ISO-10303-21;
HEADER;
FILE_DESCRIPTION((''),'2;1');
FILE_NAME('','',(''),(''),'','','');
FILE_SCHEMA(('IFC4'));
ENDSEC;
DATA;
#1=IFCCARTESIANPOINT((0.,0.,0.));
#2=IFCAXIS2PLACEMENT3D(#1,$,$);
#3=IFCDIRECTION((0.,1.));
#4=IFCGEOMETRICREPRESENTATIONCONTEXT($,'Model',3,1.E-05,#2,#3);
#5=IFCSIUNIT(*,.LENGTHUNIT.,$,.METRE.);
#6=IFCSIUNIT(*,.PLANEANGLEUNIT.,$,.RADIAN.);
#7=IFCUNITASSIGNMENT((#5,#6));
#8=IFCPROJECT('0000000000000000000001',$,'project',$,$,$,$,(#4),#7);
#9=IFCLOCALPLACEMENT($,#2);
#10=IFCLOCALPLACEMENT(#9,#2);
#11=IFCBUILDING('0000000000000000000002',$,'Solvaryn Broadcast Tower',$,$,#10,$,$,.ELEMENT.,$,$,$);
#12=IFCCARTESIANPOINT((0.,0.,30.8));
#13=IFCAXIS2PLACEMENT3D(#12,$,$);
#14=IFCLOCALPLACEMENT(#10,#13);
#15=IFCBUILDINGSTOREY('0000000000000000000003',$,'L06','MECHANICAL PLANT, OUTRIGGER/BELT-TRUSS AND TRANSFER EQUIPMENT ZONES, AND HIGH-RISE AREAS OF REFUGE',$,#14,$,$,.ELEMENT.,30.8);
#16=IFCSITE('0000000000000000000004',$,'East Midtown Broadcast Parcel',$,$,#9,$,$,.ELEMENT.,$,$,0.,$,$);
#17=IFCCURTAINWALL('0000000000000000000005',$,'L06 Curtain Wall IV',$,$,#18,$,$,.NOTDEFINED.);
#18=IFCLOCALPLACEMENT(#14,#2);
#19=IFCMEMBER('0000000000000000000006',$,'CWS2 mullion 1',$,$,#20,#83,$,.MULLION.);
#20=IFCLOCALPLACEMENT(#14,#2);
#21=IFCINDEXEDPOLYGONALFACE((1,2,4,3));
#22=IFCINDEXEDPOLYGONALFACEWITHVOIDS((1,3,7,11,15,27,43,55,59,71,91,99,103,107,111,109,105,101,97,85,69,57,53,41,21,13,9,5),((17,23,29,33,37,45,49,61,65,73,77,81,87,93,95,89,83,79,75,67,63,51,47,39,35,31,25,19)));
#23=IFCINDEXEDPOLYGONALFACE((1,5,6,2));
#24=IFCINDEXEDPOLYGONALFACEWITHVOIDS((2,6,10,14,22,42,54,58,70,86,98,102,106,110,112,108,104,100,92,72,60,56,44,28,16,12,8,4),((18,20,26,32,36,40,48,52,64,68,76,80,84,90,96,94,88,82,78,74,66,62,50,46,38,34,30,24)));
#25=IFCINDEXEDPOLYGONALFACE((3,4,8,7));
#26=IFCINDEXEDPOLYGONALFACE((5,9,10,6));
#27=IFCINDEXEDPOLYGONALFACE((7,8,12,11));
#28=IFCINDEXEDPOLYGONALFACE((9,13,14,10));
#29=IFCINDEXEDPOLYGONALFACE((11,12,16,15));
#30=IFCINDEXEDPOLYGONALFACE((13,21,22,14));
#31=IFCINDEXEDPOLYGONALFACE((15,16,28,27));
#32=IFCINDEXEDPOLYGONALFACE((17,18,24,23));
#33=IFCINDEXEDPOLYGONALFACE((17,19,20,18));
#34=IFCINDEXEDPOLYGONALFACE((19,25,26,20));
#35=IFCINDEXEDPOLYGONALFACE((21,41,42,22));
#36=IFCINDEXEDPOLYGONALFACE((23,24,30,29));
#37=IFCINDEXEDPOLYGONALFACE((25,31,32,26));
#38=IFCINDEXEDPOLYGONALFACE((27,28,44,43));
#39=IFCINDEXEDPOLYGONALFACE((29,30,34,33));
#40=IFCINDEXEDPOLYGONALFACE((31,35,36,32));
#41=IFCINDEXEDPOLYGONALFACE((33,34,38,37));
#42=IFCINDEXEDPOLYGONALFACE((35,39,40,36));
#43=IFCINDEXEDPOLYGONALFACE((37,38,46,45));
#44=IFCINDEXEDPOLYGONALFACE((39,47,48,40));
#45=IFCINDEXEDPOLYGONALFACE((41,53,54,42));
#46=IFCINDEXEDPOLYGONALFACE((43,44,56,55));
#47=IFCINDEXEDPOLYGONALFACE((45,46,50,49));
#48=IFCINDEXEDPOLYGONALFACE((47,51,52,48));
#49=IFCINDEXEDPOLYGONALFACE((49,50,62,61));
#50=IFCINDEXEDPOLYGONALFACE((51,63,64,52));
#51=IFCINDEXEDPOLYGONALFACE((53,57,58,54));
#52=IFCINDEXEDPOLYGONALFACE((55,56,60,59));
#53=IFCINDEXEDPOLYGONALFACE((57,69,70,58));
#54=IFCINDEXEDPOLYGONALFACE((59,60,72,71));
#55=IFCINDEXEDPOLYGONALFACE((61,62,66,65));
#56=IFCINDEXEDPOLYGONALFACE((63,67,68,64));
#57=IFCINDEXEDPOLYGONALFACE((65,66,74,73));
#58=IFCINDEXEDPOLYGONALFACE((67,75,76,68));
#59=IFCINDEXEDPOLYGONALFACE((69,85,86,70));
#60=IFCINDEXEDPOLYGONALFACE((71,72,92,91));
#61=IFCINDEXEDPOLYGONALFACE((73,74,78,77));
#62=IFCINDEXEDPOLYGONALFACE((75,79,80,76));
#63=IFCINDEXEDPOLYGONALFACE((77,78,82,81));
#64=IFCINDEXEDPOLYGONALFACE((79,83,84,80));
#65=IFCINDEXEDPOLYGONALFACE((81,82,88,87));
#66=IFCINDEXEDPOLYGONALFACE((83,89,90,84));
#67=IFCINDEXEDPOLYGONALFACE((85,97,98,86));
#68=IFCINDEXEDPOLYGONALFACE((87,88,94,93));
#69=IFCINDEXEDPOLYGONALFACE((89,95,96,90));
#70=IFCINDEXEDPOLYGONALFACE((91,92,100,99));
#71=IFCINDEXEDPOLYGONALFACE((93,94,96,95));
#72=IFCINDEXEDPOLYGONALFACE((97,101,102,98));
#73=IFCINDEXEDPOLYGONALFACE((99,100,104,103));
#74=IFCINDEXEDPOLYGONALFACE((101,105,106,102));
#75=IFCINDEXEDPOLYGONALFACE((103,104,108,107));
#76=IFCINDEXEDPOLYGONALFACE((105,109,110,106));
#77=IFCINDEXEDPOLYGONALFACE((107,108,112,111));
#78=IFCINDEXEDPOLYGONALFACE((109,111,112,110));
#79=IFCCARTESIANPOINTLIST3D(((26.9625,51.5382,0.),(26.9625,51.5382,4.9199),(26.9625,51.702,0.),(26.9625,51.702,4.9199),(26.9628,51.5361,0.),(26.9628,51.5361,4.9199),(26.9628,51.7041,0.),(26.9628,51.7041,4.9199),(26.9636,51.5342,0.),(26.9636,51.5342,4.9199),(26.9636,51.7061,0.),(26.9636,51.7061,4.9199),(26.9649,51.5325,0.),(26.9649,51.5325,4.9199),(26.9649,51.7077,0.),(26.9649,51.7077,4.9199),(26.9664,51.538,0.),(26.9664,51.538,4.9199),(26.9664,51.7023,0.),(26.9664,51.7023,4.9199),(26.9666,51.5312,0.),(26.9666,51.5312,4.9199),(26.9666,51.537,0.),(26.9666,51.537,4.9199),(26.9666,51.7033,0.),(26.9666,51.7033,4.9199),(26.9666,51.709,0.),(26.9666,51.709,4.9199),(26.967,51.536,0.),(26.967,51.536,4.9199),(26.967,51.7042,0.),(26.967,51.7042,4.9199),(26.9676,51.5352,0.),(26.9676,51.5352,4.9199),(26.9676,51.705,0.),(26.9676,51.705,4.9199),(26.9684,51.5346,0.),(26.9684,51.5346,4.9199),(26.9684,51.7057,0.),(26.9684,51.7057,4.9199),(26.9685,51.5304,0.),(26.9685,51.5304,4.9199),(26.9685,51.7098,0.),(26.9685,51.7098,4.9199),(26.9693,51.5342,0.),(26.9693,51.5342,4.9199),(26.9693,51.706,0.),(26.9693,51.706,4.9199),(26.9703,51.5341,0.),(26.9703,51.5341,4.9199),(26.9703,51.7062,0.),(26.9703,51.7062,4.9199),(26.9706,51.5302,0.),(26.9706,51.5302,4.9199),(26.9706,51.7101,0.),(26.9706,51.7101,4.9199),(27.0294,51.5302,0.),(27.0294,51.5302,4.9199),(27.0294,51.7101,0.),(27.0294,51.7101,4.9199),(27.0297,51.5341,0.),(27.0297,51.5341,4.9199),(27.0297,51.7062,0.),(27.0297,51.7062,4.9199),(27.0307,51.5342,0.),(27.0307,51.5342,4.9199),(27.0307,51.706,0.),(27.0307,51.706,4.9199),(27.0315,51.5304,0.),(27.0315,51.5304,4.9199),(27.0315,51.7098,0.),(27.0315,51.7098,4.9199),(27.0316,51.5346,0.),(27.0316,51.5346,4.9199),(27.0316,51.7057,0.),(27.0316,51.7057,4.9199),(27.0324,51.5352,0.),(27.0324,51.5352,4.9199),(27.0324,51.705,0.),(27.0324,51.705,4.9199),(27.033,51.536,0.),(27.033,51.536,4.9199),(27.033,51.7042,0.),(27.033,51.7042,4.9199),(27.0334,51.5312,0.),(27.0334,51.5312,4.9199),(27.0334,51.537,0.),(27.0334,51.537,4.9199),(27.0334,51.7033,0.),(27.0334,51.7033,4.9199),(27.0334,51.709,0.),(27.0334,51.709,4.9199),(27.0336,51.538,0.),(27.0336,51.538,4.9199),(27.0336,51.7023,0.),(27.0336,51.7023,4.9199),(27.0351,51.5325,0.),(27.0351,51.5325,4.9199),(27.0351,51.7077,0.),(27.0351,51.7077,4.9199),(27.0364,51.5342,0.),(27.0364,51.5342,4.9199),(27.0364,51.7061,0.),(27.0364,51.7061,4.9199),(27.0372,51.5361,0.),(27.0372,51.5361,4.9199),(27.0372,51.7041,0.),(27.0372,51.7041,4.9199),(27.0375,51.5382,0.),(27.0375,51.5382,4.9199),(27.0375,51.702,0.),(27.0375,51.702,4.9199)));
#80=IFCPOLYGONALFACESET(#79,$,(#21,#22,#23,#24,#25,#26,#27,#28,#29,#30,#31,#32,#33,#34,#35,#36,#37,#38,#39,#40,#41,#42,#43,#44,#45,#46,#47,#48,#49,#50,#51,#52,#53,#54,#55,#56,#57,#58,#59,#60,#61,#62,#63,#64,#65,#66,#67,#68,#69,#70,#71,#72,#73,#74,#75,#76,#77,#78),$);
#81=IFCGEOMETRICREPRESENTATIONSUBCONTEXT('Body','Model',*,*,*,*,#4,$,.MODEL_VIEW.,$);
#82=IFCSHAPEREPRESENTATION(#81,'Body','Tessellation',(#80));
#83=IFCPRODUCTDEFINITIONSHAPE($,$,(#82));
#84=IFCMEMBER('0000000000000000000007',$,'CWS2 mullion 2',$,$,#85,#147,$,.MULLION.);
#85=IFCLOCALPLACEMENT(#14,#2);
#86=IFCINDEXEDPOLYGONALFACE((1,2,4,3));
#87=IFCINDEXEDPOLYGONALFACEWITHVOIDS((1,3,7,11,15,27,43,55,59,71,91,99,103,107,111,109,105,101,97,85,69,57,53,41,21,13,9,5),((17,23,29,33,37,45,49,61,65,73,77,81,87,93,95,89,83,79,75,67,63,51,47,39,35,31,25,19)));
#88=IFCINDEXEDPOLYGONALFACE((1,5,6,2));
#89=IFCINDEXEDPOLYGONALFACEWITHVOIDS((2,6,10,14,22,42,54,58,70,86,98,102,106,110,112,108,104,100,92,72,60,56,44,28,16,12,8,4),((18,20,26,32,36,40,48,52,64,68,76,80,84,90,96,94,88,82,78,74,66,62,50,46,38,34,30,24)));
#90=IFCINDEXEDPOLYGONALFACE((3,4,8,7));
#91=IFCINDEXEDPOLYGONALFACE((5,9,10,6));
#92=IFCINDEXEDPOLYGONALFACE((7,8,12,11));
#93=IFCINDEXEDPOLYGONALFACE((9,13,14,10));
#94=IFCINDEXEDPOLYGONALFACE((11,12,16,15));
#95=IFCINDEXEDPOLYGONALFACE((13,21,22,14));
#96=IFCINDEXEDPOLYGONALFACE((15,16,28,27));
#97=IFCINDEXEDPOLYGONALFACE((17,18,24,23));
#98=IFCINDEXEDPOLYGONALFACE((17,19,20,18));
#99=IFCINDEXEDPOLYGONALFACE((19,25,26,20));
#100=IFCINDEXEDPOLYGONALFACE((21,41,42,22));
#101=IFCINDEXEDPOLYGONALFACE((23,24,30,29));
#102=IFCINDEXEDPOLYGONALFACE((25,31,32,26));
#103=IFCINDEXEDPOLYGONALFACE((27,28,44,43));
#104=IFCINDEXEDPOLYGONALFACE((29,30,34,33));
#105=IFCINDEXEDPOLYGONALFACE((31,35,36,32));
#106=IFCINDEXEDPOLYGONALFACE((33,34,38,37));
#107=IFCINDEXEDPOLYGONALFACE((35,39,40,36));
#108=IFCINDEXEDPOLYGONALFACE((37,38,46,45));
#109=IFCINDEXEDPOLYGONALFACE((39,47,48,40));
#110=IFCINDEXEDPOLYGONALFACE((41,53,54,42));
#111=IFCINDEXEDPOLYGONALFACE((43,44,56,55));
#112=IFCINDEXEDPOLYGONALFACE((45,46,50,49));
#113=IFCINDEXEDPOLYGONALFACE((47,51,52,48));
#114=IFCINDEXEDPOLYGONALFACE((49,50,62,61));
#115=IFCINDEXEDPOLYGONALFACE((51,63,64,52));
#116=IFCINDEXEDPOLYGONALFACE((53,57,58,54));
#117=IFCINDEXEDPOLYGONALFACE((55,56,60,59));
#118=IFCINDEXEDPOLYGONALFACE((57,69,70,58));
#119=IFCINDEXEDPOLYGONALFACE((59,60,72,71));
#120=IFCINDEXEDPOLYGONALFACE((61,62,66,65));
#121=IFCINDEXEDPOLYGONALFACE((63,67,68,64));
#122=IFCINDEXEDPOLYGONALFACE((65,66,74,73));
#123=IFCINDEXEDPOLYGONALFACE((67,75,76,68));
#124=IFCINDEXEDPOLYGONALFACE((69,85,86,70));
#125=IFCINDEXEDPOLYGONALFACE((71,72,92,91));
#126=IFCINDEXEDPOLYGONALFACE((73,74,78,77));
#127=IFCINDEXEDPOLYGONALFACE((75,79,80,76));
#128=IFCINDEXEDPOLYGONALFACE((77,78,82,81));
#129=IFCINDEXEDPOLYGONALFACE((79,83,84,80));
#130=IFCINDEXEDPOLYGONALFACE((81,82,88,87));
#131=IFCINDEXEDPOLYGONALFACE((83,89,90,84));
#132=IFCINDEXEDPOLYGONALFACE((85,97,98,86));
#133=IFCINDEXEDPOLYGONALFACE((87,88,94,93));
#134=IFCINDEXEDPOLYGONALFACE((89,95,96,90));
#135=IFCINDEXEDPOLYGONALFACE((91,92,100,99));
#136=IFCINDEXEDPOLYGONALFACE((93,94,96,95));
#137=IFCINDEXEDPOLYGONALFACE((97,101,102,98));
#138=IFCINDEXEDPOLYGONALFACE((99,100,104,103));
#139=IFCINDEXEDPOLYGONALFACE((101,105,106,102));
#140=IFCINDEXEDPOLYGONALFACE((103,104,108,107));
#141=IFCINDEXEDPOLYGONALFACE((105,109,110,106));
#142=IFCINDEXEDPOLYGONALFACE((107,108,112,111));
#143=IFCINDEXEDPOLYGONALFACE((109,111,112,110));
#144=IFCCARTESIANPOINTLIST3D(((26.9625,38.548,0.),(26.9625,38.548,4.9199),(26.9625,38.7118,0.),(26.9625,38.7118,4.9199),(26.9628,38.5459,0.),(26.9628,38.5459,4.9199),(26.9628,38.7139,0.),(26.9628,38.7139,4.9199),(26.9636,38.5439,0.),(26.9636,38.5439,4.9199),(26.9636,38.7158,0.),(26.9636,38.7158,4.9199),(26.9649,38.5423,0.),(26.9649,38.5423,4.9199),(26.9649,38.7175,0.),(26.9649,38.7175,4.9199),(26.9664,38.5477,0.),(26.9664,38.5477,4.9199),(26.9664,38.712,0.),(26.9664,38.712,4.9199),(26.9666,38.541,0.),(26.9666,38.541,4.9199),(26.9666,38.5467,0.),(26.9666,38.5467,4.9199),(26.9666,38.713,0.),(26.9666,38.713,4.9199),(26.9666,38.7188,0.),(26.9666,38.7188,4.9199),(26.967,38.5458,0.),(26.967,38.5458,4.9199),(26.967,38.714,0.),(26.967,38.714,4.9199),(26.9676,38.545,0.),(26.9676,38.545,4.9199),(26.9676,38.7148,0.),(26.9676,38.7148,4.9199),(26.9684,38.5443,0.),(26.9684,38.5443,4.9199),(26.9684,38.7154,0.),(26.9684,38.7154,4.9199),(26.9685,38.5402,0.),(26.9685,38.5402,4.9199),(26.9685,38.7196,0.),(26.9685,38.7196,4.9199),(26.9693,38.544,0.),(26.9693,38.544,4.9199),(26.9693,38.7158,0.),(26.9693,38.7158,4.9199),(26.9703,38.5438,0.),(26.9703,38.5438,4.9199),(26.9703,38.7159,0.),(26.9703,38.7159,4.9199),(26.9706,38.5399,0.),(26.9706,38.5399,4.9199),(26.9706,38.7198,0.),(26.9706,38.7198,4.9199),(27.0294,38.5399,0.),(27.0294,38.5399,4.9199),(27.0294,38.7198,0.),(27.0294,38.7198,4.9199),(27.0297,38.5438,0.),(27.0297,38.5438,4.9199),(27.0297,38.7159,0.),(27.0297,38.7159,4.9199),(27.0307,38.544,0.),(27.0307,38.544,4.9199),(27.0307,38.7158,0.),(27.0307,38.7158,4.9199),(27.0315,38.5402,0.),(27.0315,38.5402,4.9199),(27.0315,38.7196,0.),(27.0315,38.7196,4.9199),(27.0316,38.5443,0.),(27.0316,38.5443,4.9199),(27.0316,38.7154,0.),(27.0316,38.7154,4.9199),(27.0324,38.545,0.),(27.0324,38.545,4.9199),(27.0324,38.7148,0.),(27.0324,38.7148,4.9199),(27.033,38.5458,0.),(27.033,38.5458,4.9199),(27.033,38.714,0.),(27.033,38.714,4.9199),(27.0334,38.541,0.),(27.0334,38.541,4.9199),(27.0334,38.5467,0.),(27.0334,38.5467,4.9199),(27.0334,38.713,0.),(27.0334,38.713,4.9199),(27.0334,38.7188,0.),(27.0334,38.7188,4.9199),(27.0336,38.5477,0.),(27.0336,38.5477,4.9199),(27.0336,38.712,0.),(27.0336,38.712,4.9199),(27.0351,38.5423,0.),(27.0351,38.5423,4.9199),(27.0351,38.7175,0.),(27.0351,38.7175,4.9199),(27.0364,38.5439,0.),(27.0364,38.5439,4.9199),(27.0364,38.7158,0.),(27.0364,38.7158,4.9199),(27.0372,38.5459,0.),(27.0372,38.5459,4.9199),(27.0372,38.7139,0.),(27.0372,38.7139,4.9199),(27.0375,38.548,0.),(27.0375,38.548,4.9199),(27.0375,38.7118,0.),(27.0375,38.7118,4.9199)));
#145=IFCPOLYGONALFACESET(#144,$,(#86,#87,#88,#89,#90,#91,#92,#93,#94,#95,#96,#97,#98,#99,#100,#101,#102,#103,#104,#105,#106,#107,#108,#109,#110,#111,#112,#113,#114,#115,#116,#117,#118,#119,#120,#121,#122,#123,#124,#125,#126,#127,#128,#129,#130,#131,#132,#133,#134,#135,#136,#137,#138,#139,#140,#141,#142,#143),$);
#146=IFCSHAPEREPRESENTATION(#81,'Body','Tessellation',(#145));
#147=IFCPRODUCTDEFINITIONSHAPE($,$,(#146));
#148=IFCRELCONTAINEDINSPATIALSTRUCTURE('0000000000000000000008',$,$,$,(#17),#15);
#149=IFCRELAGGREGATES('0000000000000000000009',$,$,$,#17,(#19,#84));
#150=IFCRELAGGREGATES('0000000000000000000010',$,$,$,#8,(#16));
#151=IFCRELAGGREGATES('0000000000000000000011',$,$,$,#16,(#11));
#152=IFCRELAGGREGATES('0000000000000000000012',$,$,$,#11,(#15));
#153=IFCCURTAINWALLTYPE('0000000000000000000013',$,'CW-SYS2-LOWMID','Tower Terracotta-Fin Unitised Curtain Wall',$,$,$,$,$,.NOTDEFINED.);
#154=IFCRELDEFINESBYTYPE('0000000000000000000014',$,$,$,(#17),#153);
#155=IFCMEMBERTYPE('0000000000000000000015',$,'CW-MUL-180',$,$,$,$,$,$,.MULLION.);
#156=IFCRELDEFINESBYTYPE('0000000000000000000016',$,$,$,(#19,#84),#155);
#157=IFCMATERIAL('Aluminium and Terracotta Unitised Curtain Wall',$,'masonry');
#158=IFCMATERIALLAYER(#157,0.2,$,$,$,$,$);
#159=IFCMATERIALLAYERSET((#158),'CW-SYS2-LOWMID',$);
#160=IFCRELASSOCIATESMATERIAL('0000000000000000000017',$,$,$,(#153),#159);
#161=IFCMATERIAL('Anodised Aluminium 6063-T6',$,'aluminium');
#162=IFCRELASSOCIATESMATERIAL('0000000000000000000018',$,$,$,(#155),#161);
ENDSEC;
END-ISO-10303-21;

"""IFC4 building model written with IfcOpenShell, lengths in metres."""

from ifc_helpers import new_model, si_unit, direction, frame, origin, origin_2d, place, context, subcontext, project, spatial, hollow_rectangle, extrude, material, layer, layer_set, material_profile, profile_set, type_object, element, aggregate, save


model = new_model("IFC4")

# Units and contexts
model_context = context("Model", 3, precision=1e-05, world=origin(), true_north=direction((0.0, 1.0)))
body_context = subcontext(model_context, "Body", "Model", "MODEL_VIEW")
ifc_project = project(units=[si_unit("LENGTHUNIT", "METRE"), si_unit("PLANEANGLEUNIT", "RADIAN")], contexts=[model_context])

# Site, building, storey
site_placement = place(None, origin())
site = spatial("IfcSite", under=ifc_project, at=site_placement, Name="East Midtown Broadcast Parcel", CompositionType="ELEMENT", RefElevation=0.0)
building_placement = place(site_placement, origin())
building = spatial("IfcBuilding", under=site, at=building_placement, Name="Solvaryn Broadcast Tower", CompositionType="ELEMENT")
storey_placement = place(building_placement, frame((0.0, 0.0, 30.8)))
storey = spatial("IfcBuildingStorey", under=building, at=storey_placement, Name="L06", Description="MECHANICAL PLANT, OUTRIGGER/BELT-TRUSS AND TRANSFER EQUIPMENT ZONES, AND HIGH-RISE AREAS OF REFUGE", CompositionType="ELEMENT", Elevation=30.8)

# Curtain wall, members
ifc_material_1 = material(Name="Aluminium and Terracotta Unitised Curtain Wall", Category="masonry")
ifc_layer_1 = layer(ifc_material_1, 0.2)
ifc_layer_set_1 = layer_set([ifc_layer_1], Name="CW-SYS2-LOWMID")
curtain_wall_type = type_object("IfcCurtainWallType", Name="CW-SYS2-LOWMID", Description="Tower Terracotta-Fin Unitised Curtain Wall", PredefinedType="NOTDEFINED", material=ifc_layer_set_1)
curtain_wall_1_placement = place(storey_placement, origin())
curtain_wall_1 = element("IfcCurtainWall", 1, at=curtain_wall_1_placement, inside=storey, type_object=curtain_wall_type, Name="L06 Curtain Wall IV", PredefinedType="NOTDEFINED")
ifc_material_2 = material(Name="Anodised Aluminium 6063-T6", Category="aluminium")
ifc_material_profile_1 = material_profile(ifc_material_2, hollow_rectangle(XDim=0.075, YDim=0.1799, WallThickness=0.0039, InnerFilletRadius=0.0039, OuterFilletRadius=0.0081, at=origin_2d()))
ifc_profile_set_1 = profile_set([ifc_material_profile_1], Name="Anodised Aluminium 6063-T6")
member_type_1 = type_object("IfcMemberType", Name="CW-MUL-180", PredefinedType="MULLION", material=ifc_profile_set_1)
member_1_placement = place(storey_placement, frame((27.0, 51.6201, 0.0), z_axis=(0.0, 0.0, 1.0), x_axis=(1.0, 0.0, 0.0)))
member_1 = element("IfcMember", 2, at=member_1_placement, type_object=member_type_1, Name="CWS2 mullion 1", PredefinedType="MULLION", context=body_context, shape_type="SweptSolid", body=[
    extrude(hollow_rectangle(XDim=0.075, YDim=0.1799, WallThickness=0.0039, InnerFilletRadius=0.0039, OuterFilletRadius=0.0081, at=origin_2d()), origin(), (0.0, 0.0, 1.0), 4.9199),
])
member_2_placement = place(storey_placement, frame((27.0, 38.6299, 0.0), z_axis=(0.0, 0.0, 1.0), x_axis=(1.0, 0.0, 0.0)))
member_2 = element("IfcMember", 3, at=member_2_placement, type_object=member_type_1, Name="CWS2 mullion 2", PredefinedType="MULLION", context=body_context, shape_type="SweptSolid", body=[
    extrude(hollow_rectangle(XDim=0.075, YDim=0.1799, WallThickness=0.0039, InnerFilletRadius=0.0039, OuterFilletRadius=0.0081, at=origin_2d()), origin(), (0.0, 0.0, 1.0), 4.9199),
])

aggregate(curtain_wall_1, [member_1, member_2])

save(model, "model.ifc")
